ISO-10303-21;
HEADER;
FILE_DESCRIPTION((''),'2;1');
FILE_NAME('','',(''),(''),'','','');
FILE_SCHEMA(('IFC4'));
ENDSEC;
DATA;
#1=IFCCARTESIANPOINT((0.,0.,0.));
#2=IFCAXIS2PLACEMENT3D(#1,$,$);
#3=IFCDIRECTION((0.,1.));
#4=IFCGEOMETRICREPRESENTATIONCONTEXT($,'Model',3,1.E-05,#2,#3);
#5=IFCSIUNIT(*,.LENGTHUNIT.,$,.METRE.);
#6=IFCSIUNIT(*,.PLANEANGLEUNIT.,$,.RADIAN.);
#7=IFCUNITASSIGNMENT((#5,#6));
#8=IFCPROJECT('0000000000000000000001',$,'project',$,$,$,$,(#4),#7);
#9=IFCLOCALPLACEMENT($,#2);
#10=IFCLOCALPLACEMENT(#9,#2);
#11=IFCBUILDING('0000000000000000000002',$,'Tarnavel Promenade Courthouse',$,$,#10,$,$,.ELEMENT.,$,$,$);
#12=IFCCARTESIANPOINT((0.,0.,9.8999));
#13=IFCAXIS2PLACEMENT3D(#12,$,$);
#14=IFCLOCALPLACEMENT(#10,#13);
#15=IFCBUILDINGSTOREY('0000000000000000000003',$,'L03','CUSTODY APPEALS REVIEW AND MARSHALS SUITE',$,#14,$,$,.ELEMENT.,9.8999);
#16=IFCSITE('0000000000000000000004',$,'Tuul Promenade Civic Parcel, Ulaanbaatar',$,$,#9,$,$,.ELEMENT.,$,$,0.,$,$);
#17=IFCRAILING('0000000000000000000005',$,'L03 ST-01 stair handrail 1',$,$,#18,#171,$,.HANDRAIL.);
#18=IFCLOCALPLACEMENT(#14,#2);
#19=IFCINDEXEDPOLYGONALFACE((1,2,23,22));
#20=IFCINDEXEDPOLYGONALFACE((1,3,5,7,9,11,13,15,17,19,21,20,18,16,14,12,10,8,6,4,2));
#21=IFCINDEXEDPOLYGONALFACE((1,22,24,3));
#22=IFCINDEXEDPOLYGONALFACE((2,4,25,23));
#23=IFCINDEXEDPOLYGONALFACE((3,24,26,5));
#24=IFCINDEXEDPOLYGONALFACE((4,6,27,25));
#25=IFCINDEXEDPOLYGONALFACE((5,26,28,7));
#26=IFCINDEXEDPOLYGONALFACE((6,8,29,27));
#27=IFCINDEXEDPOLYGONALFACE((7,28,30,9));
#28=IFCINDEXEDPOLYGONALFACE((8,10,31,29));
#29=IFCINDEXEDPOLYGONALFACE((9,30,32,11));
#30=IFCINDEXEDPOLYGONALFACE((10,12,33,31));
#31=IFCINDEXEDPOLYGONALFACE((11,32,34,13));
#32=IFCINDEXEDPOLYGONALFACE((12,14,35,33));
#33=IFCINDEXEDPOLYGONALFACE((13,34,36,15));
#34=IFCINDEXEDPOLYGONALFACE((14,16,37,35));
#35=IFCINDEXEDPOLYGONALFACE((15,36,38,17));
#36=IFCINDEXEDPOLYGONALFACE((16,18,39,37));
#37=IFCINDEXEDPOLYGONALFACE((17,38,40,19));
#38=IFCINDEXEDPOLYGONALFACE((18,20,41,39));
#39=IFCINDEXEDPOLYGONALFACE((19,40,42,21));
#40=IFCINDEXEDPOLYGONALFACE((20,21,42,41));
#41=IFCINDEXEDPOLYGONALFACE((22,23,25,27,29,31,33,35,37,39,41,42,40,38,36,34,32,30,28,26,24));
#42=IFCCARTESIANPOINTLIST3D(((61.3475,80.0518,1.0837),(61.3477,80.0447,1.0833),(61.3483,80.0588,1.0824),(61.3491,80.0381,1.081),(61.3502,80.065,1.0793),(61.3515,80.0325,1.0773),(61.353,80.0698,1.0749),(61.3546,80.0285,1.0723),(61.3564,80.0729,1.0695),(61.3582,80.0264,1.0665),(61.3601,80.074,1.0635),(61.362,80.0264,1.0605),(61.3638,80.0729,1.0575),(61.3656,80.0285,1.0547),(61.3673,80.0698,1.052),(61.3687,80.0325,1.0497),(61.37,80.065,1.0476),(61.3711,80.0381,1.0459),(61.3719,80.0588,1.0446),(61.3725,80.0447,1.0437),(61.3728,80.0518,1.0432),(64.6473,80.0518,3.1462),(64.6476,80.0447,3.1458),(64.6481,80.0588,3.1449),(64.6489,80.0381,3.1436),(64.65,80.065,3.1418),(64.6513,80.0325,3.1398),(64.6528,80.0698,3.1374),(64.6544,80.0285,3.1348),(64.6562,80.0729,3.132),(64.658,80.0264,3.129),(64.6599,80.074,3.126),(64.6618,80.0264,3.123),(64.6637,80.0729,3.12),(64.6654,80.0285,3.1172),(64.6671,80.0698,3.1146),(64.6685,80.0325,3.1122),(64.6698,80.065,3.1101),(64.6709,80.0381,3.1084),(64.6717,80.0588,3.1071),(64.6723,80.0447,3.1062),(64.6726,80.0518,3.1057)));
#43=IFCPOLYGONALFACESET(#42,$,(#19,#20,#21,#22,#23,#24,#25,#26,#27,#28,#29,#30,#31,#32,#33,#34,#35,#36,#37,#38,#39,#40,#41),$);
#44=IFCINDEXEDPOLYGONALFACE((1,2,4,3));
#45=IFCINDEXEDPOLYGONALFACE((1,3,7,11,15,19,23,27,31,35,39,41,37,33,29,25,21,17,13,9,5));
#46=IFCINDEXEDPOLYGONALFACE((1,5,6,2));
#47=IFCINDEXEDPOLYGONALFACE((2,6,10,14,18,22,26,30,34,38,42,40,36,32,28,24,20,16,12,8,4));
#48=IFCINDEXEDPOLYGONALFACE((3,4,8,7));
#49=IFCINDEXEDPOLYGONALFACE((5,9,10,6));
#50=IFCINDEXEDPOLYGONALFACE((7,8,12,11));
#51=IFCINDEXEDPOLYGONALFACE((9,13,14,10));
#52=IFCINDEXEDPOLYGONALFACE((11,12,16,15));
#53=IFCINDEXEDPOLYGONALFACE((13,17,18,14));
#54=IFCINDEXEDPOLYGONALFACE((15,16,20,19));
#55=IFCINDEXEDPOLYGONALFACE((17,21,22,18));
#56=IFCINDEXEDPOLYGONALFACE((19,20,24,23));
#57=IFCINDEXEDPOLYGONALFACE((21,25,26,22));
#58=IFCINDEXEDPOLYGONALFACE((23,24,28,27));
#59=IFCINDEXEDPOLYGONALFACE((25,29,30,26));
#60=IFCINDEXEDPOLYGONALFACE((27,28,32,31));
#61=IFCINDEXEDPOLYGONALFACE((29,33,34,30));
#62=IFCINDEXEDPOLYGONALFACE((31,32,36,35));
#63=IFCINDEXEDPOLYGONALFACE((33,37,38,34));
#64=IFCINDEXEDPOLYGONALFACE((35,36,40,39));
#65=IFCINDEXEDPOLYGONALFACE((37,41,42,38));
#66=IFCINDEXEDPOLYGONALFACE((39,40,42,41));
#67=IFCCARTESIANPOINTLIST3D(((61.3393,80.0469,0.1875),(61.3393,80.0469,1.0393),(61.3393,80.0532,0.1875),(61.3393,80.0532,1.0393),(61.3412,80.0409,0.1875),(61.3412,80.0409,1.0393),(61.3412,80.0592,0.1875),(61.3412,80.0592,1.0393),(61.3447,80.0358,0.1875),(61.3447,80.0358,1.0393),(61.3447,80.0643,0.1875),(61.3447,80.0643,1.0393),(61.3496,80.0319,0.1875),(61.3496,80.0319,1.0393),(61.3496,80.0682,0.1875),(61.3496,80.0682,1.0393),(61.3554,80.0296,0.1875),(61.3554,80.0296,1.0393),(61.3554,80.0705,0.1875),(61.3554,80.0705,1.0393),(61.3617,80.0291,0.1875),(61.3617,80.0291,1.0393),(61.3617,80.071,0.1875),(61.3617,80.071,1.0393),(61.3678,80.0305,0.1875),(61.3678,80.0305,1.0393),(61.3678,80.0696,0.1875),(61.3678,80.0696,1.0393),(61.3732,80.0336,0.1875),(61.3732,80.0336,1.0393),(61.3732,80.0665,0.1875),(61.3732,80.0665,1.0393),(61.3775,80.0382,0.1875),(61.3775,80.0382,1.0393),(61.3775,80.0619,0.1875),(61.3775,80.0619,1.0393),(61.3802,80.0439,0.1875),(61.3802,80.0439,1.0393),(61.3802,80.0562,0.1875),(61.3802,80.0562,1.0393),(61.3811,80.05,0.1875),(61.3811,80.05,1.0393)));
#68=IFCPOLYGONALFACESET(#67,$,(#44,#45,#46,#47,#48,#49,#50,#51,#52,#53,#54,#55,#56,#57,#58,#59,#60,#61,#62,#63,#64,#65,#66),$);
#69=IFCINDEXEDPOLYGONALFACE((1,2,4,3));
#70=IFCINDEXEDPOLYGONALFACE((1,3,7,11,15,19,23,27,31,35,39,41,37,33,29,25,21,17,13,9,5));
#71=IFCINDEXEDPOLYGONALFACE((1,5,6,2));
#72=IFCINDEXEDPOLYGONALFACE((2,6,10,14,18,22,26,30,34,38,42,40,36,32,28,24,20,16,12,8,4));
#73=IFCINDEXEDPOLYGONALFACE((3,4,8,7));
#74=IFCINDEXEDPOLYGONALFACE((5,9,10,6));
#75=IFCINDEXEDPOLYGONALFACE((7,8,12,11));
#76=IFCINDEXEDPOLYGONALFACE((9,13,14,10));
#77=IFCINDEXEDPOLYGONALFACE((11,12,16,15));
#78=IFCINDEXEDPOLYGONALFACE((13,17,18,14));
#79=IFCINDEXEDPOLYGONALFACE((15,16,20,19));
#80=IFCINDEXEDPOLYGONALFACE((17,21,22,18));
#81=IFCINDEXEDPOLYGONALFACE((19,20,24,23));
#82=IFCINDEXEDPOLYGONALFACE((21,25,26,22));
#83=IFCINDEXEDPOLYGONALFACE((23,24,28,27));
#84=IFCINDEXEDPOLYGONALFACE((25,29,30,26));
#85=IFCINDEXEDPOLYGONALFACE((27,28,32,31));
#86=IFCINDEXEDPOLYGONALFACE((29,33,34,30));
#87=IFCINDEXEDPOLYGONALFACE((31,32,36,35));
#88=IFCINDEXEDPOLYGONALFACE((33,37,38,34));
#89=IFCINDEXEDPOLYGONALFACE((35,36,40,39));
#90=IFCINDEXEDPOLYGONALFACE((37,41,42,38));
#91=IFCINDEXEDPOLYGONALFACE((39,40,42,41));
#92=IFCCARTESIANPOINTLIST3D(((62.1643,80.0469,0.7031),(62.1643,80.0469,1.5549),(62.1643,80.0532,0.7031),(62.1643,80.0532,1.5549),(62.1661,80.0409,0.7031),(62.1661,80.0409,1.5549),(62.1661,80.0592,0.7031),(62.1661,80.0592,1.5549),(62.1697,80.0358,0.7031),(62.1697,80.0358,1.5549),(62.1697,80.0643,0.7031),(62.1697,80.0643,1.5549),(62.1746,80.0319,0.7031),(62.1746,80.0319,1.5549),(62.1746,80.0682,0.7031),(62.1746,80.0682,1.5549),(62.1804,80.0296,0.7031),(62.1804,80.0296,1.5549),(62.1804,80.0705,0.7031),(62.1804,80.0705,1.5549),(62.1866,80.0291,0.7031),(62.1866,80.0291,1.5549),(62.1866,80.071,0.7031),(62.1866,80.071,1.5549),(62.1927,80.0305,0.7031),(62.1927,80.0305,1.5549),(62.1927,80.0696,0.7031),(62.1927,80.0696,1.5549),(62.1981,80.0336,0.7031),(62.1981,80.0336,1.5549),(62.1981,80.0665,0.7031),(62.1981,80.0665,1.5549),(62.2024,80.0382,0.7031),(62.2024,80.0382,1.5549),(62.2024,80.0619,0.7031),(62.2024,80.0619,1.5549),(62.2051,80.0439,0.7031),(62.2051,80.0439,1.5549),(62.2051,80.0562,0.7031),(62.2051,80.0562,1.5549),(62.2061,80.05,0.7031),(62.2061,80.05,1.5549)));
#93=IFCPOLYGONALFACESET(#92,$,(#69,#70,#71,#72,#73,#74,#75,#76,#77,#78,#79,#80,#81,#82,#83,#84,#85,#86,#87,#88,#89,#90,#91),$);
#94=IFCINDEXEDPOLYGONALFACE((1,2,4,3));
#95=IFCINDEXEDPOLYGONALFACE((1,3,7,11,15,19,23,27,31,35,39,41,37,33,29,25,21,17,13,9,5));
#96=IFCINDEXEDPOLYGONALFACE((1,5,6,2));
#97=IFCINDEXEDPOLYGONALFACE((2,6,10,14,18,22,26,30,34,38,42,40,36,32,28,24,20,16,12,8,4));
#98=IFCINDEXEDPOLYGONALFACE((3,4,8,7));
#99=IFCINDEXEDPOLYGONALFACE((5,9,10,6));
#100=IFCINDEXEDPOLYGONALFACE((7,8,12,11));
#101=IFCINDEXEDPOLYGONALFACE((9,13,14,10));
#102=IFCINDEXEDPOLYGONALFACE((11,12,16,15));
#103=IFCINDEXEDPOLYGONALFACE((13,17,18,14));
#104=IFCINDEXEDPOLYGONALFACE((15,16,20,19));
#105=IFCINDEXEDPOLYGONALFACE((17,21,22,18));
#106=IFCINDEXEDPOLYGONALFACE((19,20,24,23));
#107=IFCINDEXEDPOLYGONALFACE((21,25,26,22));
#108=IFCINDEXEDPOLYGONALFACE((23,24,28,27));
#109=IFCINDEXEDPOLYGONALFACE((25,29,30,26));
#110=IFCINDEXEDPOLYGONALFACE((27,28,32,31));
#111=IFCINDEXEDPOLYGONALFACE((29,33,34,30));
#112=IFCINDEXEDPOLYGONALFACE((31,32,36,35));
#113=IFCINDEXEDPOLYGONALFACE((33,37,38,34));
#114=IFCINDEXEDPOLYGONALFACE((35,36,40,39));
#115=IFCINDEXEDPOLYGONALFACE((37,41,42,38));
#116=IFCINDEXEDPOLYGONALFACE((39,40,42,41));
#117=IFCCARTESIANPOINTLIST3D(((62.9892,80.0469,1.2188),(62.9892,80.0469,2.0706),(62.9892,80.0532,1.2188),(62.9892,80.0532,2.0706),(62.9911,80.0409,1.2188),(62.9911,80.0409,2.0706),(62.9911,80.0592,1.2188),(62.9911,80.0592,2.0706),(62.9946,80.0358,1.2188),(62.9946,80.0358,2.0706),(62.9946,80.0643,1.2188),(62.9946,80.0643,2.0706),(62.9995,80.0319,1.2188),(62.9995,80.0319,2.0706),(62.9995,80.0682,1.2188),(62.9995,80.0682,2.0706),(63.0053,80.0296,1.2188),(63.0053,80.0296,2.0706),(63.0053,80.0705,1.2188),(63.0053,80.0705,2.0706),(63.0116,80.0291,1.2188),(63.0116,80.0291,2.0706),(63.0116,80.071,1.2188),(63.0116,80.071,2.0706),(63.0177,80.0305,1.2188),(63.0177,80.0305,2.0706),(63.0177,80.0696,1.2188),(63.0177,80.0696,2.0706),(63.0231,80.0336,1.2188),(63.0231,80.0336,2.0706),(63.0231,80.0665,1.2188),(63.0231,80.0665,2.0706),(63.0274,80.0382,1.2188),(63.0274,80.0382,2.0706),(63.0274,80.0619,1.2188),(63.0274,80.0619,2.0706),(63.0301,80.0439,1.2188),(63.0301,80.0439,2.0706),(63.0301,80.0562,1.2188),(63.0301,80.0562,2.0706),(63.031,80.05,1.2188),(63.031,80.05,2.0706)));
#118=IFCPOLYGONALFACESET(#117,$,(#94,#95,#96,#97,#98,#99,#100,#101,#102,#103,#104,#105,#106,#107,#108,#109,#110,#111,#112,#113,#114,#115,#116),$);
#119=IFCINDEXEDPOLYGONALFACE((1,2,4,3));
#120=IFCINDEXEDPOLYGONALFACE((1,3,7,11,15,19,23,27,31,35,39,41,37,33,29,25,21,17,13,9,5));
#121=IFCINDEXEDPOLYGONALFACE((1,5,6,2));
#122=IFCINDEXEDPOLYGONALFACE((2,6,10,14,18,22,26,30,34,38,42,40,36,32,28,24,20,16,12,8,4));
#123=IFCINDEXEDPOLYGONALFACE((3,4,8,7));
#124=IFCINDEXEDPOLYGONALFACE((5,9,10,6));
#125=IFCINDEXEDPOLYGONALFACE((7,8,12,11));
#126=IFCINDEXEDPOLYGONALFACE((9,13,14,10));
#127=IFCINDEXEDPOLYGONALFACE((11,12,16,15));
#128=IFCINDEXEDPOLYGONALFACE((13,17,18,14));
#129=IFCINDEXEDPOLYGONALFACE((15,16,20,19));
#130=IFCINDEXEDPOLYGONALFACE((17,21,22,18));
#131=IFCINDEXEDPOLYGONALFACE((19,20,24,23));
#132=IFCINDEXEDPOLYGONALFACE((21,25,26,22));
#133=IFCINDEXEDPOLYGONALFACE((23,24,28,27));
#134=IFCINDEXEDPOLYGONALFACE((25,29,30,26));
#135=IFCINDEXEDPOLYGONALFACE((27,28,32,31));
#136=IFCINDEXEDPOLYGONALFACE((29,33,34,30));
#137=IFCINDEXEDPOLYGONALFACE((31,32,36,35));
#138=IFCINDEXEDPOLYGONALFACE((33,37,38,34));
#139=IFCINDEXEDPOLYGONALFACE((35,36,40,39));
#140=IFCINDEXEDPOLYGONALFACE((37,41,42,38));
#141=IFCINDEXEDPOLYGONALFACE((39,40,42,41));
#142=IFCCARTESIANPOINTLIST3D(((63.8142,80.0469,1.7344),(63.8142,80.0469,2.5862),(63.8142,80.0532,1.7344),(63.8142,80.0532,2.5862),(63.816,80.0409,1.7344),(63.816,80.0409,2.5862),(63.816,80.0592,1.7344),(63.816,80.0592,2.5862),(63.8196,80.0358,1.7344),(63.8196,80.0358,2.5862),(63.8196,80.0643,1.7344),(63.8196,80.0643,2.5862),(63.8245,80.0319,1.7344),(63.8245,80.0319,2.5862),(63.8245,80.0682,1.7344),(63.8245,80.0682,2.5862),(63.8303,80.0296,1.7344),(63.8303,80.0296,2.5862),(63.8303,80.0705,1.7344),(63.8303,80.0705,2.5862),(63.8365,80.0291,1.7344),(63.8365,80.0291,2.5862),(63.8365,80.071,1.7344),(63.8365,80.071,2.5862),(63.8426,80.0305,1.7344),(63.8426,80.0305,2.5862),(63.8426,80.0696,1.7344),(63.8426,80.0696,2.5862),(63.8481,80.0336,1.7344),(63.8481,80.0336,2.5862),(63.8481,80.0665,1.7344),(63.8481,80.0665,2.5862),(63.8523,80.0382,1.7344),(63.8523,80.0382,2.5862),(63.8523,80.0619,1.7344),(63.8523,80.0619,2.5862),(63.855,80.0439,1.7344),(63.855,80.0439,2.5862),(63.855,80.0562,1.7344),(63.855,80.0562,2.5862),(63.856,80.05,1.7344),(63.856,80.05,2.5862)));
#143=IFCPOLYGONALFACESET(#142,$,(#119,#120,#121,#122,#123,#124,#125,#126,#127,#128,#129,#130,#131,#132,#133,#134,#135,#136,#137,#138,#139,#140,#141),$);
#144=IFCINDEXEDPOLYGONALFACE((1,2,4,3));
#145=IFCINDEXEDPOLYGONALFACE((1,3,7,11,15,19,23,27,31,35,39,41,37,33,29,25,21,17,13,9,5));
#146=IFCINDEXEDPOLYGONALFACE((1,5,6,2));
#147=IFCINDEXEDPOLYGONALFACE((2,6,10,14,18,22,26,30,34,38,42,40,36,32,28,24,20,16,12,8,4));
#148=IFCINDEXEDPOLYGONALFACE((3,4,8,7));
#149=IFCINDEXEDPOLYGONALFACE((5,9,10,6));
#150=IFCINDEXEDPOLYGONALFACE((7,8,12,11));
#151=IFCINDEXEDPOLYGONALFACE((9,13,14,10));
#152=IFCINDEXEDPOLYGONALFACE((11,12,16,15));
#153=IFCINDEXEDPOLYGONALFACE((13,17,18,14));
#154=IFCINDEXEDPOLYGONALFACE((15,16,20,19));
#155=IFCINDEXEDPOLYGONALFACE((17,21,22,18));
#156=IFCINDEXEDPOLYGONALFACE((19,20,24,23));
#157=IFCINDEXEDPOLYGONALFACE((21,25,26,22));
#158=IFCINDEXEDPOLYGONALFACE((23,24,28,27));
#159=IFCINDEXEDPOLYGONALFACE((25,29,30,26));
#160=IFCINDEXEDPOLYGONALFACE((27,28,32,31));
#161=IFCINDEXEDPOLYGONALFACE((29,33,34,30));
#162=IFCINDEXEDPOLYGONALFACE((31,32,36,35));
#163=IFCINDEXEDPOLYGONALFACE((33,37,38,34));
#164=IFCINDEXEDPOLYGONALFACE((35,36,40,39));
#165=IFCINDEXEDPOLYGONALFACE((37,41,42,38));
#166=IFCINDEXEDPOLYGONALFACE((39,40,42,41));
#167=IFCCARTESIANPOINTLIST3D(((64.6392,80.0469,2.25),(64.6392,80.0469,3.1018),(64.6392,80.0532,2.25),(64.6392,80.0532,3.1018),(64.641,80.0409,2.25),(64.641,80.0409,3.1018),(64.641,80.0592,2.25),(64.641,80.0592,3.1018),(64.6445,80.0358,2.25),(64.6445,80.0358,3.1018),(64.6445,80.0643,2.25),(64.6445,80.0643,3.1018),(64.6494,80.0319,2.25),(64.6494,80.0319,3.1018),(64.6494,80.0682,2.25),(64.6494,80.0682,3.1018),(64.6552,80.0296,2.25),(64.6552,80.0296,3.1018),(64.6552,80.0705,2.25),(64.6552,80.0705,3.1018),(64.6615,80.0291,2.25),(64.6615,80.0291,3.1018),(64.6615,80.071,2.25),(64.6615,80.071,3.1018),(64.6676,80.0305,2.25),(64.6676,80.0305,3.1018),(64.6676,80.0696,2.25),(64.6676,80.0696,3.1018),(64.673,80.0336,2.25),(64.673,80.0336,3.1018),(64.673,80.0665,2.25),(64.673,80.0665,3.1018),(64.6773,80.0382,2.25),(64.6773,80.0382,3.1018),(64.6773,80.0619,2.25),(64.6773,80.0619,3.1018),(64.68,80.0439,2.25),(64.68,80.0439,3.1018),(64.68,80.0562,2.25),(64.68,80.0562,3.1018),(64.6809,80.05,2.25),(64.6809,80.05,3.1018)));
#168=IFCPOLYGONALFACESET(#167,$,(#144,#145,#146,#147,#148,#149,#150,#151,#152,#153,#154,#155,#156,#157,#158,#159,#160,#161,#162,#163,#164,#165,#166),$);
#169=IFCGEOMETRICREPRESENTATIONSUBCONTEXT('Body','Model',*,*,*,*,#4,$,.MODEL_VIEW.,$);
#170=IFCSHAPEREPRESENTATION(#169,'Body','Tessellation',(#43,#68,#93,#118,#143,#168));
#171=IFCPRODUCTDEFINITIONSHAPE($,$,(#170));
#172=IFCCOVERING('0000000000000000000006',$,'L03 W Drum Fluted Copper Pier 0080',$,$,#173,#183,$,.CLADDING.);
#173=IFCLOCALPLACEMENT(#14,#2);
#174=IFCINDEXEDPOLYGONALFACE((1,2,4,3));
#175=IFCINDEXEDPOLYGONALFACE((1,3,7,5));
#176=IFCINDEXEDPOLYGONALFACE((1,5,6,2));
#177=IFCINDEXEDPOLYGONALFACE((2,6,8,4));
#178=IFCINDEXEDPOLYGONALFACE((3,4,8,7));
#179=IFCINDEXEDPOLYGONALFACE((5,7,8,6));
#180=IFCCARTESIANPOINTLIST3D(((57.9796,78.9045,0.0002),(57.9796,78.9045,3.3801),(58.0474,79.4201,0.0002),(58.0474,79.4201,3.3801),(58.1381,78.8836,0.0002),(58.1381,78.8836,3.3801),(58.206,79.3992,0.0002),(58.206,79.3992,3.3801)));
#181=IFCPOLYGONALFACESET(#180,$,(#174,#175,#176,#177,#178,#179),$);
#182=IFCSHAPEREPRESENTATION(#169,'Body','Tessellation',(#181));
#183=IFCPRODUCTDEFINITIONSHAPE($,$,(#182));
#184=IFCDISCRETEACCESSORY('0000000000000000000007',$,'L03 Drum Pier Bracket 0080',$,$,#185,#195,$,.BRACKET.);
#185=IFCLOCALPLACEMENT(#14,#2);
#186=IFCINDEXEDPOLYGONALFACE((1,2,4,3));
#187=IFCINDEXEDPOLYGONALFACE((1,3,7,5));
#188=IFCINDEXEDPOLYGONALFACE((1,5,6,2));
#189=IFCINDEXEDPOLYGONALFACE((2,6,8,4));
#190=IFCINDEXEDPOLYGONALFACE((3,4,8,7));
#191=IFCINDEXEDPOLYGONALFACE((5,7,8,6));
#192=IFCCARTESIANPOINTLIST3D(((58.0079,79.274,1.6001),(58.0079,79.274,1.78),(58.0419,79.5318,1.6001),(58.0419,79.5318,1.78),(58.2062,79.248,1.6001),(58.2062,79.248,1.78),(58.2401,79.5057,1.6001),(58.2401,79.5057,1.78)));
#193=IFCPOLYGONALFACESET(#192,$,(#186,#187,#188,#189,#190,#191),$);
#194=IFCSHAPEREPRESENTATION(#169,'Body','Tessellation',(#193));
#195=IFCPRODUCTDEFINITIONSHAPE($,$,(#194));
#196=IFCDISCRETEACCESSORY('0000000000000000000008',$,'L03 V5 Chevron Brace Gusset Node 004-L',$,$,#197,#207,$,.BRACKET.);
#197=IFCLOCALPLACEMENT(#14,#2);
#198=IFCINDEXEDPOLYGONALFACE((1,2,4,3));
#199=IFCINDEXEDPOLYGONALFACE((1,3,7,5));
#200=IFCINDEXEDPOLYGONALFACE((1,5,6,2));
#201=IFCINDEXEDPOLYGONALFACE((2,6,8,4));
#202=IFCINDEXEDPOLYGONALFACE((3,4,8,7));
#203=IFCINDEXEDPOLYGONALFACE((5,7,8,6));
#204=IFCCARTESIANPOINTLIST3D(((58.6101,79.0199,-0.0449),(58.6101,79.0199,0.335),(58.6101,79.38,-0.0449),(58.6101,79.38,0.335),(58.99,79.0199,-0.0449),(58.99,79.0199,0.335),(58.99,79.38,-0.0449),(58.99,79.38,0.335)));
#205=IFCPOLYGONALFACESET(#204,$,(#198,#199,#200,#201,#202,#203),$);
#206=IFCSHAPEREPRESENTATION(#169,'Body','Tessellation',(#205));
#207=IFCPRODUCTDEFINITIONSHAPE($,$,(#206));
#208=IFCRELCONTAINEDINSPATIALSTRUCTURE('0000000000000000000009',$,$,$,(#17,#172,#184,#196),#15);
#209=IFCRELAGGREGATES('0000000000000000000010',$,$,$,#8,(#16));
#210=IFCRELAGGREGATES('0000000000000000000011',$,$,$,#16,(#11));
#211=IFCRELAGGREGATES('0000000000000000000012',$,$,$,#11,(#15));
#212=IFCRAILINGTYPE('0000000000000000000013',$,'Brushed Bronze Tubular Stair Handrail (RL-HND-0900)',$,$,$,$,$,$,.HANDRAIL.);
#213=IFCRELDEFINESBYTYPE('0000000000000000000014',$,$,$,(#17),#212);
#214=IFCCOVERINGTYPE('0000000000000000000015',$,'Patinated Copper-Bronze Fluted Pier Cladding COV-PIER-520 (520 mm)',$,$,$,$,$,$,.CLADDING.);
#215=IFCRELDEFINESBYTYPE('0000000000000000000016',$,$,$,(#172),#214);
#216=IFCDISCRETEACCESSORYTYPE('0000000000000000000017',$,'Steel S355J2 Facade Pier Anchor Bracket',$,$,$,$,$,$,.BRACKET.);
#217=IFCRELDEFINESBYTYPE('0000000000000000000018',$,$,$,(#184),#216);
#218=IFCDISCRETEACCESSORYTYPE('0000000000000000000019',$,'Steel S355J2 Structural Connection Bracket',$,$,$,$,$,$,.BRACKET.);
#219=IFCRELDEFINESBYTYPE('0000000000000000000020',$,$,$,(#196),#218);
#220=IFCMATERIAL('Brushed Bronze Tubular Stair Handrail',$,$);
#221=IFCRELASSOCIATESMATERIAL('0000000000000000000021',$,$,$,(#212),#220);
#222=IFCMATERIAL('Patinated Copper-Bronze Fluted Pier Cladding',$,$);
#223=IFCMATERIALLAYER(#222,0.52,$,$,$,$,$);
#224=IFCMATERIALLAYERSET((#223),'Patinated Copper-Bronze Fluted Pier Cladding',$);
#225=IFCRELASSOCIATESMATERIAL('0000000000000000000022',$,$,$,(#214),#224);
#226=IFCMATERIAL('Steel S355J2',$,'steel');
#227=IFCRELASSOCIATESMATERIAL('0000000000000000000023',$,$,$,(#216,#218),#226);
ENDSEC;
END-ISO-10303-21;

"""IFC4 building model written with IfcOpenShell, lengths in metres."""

from ifc_helpers import new_model, si_unit, direction, frame, origin, origin_2d, place, context, subcontext, project, spatial, rectangle, circle, extrude, material, layer, layer_set, type_object, element, save


model = new_model("IFC4")

# Units and contexts
model_context = context("Model", 3, precision=1e-05, world=origin(), true_north=direction((0.0, 1.0)))
body_context = subcontext(model_context, "Body", "Model", "MODEL_VIEW")
ifc_project = project(units=[si_unit("LENGTHUNIT", "METRE"), si_unit("PLANEANGLEUNIT", "RADIAN")], contexts=[model_context])

# Site, building, storey
site_placement = place(None, origin())
site = spatial("IfcSite", under=ifc_project, at=site_placement, Name="Tuul Promenade Civic Parcel, Ulaanbaatar", CompositionType="ELEMENT", RefElevation=0.0)
building_placement = place(site_placement, origin())
building = spatial("IfcBuilding", under=site, at=building_placement, Name="Tarnavel Promenade Courthouse", CompositionType="ELEMENT")
storey_placement = place(building_placement, frame((0.0, 0.0, 9.8999)))
storey = spatial("IfcBuildingStorey", under=building, at=storey_placement, Name="L03", Description="CUSTODY APPEALS REVIEW AND MARSHALS SUITE", CompositionType="ELEMENT", Elevation=9.8999)

# Shared definitions
ifc_material_1 = material(Name="Steel S355J2", Category="steel")

# Railing
ifc_material_2 = material(Name="Brushed Bronze Tubular Stair Handrail")
railing_type = type_object("IfcRailingType", Name="Brushed Bronze Tubular Stair Handrail (RL-HND-0900)", PredefinedType="HANDRAIL", material=ifc_material_2)
railing_placement = place(storey_placement, frame((61.3601, 80.05, 0.1875)))
element("IfcRailing", 1, at=railing_placement, inside=storey, type_object=railing_type, Name="L03 ST-01 stair handrail 1", PredefinedType="HANDRAIL", context=body_context, shape_type="SweptSolid", body=[
    extrude(circle(Radius=0.0239, at=origin_2d()), frame((0.0, 0.0, 0.876), z_axis=(0.847984, 0.0, 0.530021), x_axis=(0.0, 1.0, 0.0)), (0.0, 0.0, 1.0), 3.8914),
    extrude(circle(Radius=0.021, at=origin_2d()), origin(), (0.0, 0.0, 1.0), 0.8518),
    extrude(circle(Radius=0.021, at=origin_2d()), frame((0.825, 0.0, 0.5156)), (0.0, 0.0, 1.0), 0.8518),
    extrude(circle(Radius=0.021, at=origin_2d()), frame((1.6499, 0.0, 1.0312)), (0.0, 0.0, 1.0), 0.8518),
    extrude(circle(Radius=0.021, at=origin_2d()), frame((2.4749, 0.0, 1.5469)), (0.0, 0.0, 1.0), 0.8518),
    extrude(circle(Radius=0.021, at=origin_2d()), frame((3.2998, 0.0, 2.0625)), (0.0, 0.0, 1.0), 0.8518),
])

# Covering
ifc_material_3 = material(Name="Patinated Copper-Bronze Fluted Pier Cladding")
ifc_layer_1 = layer(ifc_material_3, 0.52)
ifc_layer_set_1 = layer_set([ifc_layer_1], Name="Patinated Copper-Bronze Fluted Pier Cladding")
covering_type = type_object("IfcCoveringType", Name="Patinated Copper-Bronze Fluted Pier Cladding COV-PIER-520 (520 mm)", PredefinedType="CLADDING", material=ifc_layer_set_1)
covering_placement = place(storey_placement, frame((58.0928, 79.1519, 0.0002), z_axis=(0.0, 0.0, 1.0), x_axis=(0.991445, -0.130526, 0.0)))
element("IfcCovering", 2, at=covering_placement, inside=storey, type_object=covering_type, Name="L03 W Drum Fluted Copper Pier 0080", PredefinedType="CLADDING", context=body_context, shape_type="SweptSolid", body=[
    extrude(rectangle(XDim=0.1599, YDim=0.52, at=origin_2d()), origin(), (0.0, 0.0, 1.0), 3.3799),
])

# Discrete accessories
discrete_accessory_type_1 = type_object("IfcDiscreteAccessoryType", Name="Steel S355J2 Facade Pier Anchor Bracket", PredefinedType="BRACKET", material=ifc_material_1)
discrete_accessory_placement = place(storey_placement, frame((58.124, 79.3899, 1.6001), z_axis=(0.0, 0.0, 1.0), x_axis=(0.991445, -0.130526, 0.0)))
element("IfcDiscreteAccessory", 3, at=discrete_accessory_placement, inside=storey, type_object=discrete_accessory_type_1, Name="L03 Drum Pier Bracket 0080", PredefinedType="BRACKET", context=body_context, shape_type="SweptSolid", body=[
    extrude(rectangle(XDim=0.2, YDim=0.26, at=origin_2d()), origin(), (0.0, 0.0, 1.0), 0.1799),
])
discrete_accessory_type_2 = type_object("IfcDiscreteAccessoryType", Name="Steel S355J2 Structural Connection Bracket", PredefinedType="BRACKET", material=ifc_material_1)
for number, where, z_axis, x_axis, name in (
    (4, (58.8, 79.2, -0.0449), (0.0, 0.0, 1.0), (1.0, 0.0, 0.0), "L03 V5 Chevron Brace Gusset Node 004-L"),
):
    element("IfcDiscreteAccessory", number, at=place(storey_placement, frame(where, z_axis=z_axis, x_axis=x_axis)), inside=storey, type_object=discrete_accessory_type_2, Name=name, PredefinedType="BRACKET", context=body_context, shape_type="SweptSolid", body=[
        extrude(rectangle(XDim=0.3799, YDim=0.3601, at=origin_2d()), origin(), (0.0, 0.0, 1.0), 0.3799),
    ])

save(model, "model.ifc")
